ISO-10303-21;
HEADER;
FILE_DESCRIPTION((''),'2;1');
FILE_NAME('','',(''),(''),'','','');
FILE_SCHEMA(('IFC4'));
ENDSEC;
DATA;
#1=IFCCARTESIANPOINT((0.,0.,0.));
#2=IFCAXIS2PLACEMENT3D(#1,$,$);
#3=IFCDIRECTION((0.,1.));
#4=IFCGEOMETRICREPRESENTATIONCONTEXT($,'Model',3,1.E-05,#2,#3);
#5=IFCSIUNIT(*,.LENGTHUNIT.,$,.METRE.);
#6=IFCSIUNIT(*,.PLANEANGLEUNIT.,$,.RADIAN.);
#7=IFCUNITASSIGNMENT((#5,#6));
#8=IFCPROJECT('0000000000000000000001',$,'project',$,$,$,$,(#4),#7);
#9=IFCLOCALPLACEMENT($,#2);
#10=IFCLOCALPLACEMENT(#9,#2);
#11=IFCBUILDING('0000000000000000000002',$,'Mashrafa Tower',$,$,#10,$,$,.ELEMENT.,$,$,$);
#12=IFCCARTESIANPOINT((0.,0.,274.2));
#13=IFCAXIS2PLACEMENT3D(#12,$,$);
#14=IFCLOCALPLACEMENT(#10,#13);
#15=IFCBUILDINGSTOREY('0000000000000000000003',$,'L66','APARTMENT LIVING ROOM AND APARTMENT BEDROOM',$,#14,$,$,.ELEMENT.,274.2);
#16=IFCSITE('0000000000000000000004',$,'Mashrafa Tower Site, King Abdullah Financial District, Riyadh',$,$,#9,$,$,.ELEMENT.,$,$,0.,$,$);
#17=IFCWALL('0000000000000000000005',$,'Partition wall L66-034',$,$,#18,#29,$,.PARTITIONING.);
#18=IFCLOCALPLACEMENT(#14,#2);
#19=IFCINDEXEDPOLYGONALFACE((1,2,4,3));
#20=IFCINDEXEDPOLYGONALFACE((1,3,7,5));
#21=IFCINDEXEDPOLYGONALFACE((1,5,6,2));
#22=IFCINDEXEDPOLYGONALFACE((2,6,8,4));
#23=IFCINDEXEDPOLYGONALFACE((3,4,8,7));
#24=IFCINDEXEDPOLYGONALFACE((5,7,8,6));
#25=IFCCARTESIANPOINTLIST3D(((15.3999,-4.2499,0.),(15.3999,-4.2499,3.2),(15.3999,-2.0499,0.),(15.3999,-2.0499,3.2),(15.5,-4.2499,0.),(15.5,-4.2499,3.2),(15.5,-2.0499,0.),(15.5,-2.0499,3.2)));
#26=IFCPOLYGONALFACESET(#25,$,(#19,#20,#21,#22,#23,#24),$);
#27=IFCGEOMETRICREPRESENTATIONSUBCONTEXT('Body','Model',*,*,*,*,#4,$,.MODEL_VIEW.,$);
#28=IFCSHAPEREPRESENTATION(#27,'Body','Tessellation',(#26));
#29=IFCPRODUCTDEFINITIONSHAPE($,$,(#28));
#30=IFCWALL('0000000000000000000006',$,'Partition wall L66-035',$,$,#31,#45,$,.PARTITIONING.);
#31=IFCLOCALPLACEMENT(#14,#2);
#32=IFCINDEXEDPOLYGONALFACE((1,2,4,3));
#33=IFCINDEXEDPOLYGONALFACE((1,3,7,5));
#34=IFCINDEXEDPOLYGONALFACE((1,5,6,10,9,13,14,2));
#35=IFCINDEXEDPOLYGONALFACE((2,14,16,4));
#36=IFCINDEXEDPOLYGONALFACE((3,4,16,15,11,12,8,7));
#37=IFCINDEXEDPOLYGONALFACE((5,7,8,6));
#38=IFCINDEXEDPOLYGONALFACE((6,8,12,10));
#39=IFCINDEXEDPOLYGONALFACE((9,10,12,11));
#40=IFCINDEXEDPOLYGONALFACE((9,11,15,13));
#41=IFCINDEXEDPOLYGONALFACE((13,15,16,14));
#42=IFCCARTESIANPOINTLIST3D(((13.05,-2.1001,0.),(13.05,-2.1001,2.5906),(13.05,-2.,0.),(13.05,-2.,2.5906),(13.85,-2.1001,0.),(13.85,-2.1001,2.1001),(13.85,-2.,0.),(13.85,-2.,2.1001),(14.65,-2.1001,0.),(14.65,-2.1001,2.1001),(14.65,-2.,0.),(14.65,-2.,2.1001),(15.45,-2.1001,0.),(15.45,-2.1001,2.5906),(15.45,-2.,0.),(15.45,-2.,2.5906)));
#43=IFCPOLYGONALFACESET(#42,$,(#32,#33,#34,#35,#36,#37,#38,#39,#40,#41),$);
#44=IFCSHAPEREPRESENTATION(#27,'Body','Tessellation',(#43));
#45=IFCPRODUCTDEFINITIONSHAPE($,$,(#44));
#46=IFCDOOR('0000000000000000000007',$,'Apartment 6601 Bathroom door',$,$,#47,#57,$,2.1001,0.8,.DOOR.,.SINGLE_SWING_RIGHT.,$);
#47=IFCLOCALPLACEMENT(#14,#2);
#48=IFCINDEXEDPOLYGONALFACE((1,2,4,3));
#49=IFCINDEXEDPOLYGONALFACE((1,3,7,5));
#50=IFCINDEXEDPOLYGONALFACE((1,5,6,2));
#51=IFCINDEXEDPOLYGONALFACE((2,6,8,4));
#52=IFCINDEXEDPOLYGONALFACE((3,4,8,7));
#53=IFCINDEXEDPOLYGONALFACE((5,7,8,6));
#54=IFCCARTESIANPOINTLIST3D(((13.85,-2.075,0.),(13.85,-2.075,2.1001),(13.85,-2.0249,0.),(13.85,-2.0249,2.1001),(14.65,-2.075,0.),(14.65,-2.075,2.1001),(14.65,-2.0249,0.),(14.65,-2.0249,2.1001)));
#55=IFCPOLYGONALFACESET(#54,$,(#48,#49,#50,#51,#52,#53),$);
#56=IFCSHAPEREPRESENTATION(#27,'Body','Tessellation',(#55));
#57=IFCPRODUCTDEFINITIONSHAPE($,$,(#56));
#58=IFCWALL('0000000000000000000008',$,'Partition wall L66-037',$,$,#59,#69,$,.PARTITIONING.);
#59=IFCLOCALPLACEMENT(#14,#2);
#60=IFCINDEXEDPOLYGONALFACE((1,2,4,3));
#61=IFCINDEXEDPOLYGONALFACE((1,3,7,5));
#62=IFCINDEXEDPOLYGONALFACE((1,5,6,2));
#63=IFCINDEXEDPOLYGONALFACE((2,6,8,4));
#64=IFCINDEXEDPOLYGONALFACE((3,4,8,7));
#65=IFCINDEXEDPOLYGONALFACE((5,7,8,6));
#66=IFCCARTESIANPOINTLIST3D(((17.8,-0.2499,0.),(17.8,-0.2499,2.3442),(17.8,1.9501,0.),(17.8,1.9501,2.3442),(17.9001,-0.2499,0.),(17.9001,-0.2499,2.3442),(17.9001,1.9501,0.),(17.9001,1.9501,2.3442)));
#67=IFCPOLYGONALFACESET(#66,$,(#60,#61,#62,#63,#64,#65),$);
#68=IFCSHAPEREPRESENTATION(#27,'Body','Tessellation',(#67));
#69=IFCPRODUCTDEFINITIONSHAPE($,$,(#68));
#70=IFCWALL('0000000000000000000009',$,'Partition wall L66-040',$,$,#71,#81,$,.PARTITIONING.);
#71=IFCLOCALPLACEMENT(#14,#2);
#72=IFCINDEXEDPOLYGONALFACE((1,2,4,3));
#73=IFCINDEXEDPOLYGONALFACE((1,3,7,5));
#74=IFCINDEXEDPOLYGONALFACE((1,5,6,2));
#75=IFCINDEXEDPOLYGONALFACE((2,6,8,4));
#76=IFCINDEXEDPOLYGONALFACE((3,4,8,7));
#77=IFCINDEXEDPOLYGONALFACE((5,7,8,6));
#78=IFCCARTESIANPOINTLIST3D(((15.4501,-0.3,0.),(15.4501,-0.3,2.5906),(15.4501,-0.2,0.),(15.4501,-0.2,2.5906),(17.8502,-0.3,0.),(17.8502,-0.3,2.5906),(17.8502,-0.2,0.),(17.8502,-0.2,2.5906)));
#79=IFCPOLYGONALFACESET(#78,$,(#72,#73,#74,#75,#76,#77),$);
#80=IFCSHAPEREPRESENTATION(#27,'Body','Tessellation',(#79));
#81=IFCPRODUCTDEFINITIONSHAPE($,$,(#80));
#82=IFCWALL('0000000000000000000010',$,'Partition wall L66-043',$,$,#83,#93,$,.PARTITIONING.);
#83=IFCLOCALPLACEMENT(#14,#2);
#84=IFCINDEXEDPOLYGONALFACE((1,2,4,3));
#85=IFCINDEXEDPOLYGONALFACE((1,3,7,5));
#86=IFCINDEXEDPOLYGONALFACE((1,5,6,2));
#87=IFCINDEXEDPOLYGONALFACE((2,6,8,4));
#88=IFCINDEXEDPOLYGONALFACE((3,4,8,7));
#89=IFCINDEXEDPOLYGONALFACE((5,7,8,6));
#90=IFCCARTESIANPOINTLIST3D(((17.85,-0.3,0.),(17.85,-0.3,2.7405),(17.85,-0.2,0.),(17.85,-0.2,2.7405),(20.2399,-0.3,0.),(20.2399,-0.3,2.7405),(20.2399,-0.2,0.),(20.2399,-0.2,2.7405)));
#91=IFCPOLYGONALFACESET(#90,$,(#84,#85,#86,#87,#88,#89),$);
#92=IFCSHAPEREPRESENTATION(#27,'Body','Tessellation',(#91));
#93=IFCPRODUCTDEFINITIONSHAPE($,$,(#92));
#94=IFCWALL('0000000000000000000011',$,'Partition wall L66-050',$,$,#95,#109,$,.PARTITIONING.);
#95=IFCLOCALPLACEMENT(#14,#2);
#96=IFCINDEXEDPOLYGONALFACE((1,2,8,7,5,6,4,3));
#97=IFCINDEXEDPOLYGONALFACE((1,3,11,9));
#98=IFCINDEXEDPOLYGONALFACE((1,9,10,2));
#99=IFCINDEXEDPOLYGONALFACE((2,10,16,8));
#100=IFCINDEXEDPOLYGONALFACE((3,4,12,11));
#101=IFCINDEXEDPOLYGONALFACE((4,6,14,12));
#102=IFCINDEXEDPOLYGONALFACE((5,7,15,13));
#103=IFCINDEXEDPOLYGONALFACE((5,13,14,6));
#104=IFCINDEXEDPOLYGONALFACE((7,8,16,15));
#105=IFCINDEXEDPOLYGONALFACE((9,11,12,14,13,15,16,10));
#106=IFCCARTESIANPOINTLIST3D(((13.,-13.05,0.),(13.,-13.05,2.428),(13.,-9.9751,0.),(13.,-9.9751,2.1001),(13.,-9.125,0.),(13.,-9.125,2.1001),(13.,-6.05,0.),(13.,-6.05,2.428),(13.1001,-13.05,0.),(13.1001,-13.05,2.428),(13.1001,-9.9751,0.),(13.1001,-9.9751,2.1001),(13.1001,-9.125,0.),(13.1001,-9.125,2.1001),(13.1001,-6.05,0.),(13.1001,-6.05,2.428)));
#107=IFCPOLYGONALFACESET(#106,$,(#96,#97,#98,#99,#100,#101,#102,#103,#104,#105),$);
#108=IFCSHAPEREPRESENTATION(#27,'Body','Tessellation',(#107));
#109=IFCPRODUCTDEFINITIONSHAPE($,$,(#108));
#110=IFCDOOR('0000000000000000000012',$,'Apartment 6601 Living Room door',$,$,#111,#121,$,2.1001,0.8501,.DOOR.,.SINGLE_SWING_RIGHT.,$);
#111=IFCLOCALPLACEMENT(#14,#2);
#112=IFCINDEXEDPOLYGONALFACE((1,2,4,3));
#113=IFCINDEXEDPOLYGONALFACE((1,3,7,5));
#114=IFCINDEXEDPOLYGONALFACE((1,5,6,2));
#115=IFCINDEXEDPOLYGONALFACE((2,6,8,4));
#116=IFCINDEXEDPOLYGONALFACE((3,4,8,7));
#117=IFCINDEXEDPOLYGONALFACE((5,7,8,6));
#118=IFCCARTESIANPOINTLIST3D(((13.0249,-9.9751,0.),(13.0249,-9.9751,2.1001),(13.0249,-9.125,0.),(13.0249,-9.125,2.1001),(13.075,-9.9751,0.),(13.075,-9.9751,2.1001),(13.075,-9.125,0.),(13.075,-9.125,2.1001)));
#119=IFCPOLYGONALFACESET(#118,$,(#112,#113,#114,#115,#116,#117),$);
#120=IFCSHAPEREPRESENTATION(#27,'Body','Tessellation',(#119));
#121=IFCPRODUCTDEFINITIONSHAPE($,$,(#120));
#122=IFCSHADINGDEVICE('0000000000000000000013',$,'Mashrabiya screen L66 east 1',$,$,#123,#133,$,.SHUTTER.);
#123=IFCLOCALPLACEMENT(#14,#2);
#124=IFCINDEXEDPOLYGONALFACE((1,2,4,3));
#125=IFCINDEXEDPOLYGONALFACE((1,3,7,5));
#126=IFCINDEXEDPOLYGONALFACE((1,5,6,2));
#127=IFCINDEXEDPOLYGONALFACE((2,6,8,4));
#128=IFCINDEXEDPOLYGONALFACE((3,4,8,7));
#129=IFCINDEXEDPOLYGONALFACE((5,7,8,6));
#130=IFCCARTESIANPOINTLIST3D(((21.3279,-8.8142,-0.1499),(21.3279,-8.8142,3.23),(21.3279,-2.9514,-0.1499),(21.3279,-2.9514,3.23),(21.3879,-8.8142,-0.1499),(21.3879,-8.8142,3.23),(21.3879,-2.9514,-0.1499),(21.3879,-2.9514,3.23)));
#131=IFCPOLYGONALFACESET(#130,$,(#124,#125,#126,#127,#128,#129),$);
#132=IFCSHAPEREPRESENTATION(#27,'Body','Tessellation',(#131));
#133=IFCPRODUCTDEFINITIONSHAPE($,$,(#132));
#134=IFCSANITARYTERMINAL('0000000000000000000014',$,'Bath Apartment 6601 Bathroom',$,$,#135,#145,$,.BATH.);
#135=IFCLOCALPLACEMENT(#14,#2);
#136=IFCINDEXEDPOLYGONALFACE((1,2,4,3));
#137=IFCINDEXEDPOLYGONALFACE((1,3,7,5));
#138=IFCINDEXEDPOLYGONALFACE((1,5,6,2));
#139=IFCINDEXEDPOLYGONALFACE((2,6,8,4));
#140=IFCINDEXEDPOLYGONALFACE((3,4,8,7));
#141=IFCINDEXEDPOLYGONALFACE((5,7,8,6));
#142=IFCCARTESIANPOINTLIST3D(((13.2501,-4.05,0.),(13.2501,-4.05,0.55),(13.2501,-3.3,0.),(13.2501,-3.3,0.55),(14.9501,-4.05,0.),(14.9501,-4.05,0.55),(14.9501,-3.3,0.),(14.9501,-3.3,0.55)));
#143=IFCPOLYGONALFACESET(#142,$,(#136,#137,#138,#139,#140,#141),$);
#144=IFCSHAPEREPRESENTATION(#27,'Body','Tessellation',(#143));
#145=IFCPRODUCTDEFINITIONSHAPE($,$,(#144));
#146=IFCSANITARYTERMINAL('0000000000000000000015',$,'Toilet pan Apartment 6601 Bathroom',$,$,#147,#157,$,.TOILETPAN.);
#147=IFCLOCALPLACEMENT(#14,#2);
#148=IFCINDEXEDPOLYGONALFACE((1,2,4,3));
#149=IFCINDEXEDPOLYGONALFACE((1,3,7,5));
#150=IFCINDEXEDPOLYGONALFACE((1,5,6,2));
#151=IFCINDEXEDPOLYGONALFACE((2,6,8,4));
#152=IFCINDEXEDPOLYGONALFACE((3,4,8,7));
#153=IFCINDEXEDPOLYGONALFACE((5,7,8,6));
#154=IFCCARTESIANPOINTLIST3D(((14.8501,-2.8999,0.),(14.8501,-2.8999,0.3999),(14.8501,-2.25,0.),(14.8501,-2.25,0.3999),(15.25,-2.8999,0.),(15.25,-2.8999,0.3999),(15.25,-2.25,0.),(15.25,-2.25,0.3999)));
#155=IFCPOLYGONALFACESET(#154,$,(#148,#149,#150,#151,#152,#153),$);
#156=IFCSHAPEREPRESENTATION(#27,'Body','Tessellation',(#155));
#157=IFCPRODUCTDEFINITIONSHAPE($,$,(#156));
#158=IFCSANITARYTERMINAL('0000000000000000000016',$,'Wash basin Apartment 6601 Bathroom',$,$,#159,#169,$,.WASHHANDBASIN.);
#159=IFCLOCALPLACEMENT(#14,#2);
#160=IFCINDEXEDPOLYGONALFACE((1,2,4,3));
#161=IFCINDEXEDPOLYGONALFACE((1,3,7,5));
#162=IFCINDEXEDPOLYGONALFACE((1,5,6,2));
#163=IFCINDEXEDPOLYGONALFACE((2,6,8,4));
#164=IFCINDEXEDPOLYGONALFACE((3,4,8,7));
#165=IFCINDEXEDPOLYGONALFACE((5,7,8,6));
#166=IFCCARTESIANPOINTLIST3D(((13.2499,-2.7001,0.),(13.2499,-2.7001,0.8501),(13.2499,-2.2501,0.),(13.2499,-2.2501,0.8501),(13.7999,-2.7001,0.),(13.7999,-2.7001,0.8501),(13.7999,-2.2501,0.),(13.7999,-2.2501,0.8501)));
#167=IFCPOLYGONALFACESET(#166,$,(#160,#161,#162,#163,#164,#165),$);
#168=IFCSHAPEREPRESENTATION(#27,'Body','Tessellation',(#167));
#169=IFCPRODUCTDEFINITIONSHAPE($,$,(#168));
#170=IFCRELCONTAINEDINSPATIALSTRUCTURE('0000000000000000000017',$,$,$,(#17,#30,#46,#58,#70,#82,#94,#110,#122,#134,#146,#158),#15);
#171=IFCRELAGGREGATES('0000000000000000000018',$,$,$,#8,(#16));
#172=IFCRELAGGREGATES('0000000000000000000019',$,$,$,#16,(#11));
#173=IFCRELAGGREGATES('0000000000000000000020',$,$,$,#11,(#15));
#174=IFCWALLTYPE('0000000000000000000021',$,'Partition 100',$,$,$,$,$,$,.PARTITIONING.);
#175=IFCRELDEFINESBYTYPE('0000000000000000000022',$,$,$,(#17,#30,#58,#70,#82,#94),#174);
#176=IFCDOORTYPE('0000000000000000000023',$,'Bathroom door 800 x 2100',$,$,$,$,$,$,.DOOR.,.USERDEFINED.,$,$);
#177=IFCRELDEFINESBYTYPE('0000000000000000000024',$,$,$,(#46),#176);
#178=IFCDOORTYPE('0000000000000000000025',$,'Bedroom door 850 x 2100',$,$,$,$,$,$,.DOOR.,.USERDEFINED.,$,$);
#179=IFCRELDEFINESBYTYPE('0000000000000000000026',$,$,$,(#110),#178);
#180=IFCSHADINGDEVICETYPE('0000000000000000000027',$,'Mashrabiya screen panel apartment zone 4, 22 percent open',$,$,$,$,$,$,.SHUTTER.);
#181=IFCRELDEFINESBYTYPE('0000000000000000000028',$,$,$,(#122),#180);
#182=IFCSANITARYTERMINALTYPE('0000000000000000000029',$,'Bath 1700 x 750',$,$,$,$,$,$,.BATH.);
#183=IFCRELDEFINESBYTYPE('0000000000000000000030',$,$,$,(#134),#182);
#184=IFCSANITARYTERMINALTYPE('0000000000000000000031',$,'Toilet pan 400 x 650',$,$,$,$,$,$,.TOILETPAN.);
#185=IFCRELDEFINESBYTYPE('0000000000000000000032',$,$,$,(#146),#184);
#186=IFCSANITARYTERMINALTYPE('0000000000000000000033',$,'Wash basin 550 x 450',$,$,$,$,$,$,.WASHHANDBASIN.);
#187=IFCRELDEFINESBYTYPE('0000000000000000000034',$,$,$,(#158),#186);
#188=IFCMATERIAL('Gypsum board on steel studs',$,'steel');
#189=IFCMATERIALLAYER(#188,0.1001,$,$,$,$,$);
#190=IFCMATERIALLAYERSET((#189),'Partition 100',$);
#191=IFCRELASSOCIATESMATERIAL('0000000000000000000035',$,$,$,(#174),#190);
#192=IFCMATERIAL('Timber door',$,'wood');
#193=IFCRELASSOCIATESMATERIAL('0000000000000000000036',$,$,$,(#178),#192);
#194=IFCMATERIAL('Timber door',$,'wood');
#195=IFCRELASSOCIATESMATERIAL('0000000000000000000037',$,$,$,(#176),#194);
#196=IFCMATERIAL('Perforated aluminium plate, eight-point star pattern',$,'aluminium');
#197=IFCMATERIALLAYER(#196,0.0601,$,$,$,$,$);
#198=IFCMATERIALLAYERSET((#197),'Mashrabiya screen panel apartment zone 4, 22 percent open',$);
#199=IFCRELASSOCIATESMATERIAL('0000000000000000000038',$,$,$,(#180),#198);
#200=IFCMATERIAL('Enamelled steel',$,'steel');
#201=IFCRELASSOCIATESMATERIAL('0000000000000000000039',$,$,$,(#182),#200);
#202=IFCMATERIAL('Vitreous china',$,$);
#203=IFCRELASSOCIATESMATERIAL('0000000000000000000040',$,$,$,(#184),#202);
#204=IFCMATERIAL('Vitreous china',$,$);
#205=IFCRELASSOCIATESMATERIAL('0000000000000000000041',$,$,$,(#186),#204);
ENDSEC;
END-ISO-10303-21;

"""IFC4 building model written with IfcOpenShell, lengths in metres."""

from ifc_helpers import new_model, si_unit, direction, frame, frame_2d, origin, origin_2d, place, context, subcontext, project, spatial, rectangle, extrude, source, transform, mapped, material, layer, layer_set, type_object, type_shapes, element, fill, save


model = new_model("IFC4")

# Units and contexts
model_context = context("Model", 3, precision=1e-05, world=origin(), true_north=direction((0.0, 1.0)))
body_context = subcontext(model_context, "Body", "Model", "MODEL_VIEW")
ifc_project = project(units=[si_unit("LENGTHUNIT", "METRE"), si_unit("PLANEANGLEUNIT", "RADIAN")], contexts=[model_context])

# Site, building, storey
site_placement = place(None, origin())
site = spatial("IfcSite", under=ifc_project, at=site_placement, Name="Mashrafa Tower Site, King Abdullah Financial District, Riyadh", CompositionType="ELEMENT", RefElevation=0.0)
building_placement = place(site_placement, origin())
building = spatial("IfcBuilding", under=site, at=building_placement, Name="Mashrafa Tower", CompositionType="ELEMENT")
storey_placement = place(building_placement, frame((0.0, 0.0, 274.2)))
storey = spatial("IfcBuildingStorey", under=building, at=storey_placement, Name="L66", Description="APARTMENT LIVING ROOM AND APARTMENT BEDROOM", CompositionType="ELEMENT", Elevation=274.2)

# Shared definitions
ifc_material_1 = material(Name="Gypsum board on steel studs", Category="steel")
ifc_layer_1 = layer(ifc_material_1, 0.1001)
ifc_layer_set_1 = layer_set([ifc_layer_1], Name="Partition 100")
wall_type_1 = type_object("IfcWallType", Name="Partition 100", PredefinedType="PARTITIONING", material=ifc_layer_set_1)

# Shared definitions
ifc_material_2 = material(Name="Timber door", Category="wood")
door_type_1 = type_object("IfcDoorType", Name="Bedroom door 850 x 2100", OperationType="USERDEFINED", PredefinedType="DOOR", material=ifc_material_2)

# Wall
wall_1_placement = place(storey_placement, frame((15.45, -4.25, 0.0), z_axis=(0.0, 0.0, 1.0), x_axis=(0.0, 1.0, 0.0)))
element("IfcWall", 1, at=wall_1_placement, inside=storey, type_object=wall_type_1, Name="Partition wall L66-034", PredefinedType="PARTITIONING", context=body_context, shape_type="SweptSolid", body=[
    extrude(rectangle(XDim=2.2, YDim=0.1001, at=frame_2d((1.1001, 0.0))), origin(), (0.0, 0.0, 1.0), 3.2),
])

# Wall, opening, door
wall_2_placement = place(storey_placement, frame((15.45, -2.05, 0.0), z_axis=(0.0, 0.0, 1.0), x_axis=(-1.0, 0.0, 0.0)))
wall_2 = element("IfcWall", 2, at=wall_2_placement, inside=storey, type_object=wall_type_1, Name="Partition wall L66-035", PredefinedType="PARTITIONING", context=body_context, shape_type="SweptSolid", body=[
    extrude(rectangle(XDim=2.3999, YDim=0.1001, at=frame_2d((1.2, 0.0))), origin(), (0.0, 0.0, 1.0), 2.5906),
])
opening_1_placement = place(wall_2_placement, frame((0.8, 0.0, 0.0)))
opening_1 = element("IfcOpeningElement", 3, at=opening_1_placement, cuts=wall_2, PredefinedType="OPENING", context=body_context, shape_type="SweptSolid", body=[
    extrude(rectangle(XDim=0.8, YDim=2.1001, at=frame_2d((0.3999, 1.05))), frame((0.0, 0.0601, 0.0), z_axis=(0.0, -1.0, 0.0), x_axis=(1.0, 0.0, 0.0)), (0.0, 0.0, 1.0), 0.1201),
])
ifc_material_3 = material(Name="Timber door", Category="wood")
door_type_2 = type_object("IfcDoorType", Name="Bathroom door 800 x 2100", OperationType="USERDEFINED", PredefinedType="DOOR", material=ifc_material_3)
door_1_placement = place(opening_1_placement, origin())
door_1 = element("IfcDoor", 4, at=door_1_placement, inside=storey, type_object=door_type_2, Name="Apartment 6601 Bathroom door", OperationType="SINGLE_SWING_RIGHT", OverallHeight=2.1001, OverallWidth=0.8, PredefinedType="DOOR", context=body_context, shape_type="SweptSolid", body=[
    extrude(rectangle(XDim=0.8, YDim=2.1001, at=frame_2d((0.3999, 1.05))), frame((0.0, 0.0249, 0.0), z_axis=(0.0, -1.0, 0.0), x_axis=(1.0, 0.0, 0.0)), (0.0, 0.0, 1.0), 0.05),
])
fill(opening_1, door_1)

# Walls
wall_3_placement = place(storey_placement, frame((17.8501, -0.25, 0.0), z_axis=(0.0, 0.0, 1.0), x_axis=(0.0, 1.0, 0.0)))
element("IfcWall", 5, at=wall_3_placement, inside=storey, type_object=wall_type_1, Name="Partition wall L66-037", PredefinedType="PARTITIONING", context=body_context, shape_type="SweptSolid", body=[
    extrude(rectangle(XDim=2.2, YDim=0.1001, at=frame_2d((1.1001, 0.0))), origin(), (0.0, 0.0, 1.0), 2.3442),
])
wall_4_placement = place(storey_placement, frame((15.45, -0.25, 0.0), z_axis=(0.0, 0.0, 1.0), x_axis=(1.0, 0.0, 0.0)))
element("IfcWall", 6, at=wall_4_placement, inside=storey, type_object=wall_type_1, Name="Partition wall L66-040", PredefinedType="PARTITIONING", context=body_context, shape_type="SweptSolid", body=[
    extrude(rectangle(XDim=2.4001, YDim=0.1001, at=frame_2d((1.2002, 0.0))), origin(), (0.0, 0.0, 1.0), 2.5906),
])
wall_5_placement = place(storey_placement, frame((17.8501, -0.25, 0.0), z_axis=(0.0, 0.0, 1.0), x_axis=(1.0, 0.0, 0.0)))
element("IfcWall", 7, at=wall_5_placement, inside=storey, type_object=wall_type_1, Name="Partition wall L66-043", PredefinedType="PARTITIONING", context=body_context, shape_type="SweptSolid", body=[
    extrude(rectangle(XDim=2.3899, YDim=0.1001, at=frame_2d((1.1948, 0.0))), origin(), (0.0, 0.0, 1.0), 2.7405),
])

# Wall, opening, door
wall_6_placement = place(storey_placement, frame((13.05, -6.05, 0.0), z_axis=(0.0, 0.0, 1.0), x_axis=(0.0, -1.0, 0.0)))
wall_6 = element("IfcWall", 8, at=wall_6_placement, inside=storey, type_object=wall_type_1, Name="Partition wall L66-050", PredefinedType="PARTITIONING", context=body_context, shape_type="SweptSolid", body=[
    extrude(rectangle(XDim=7.0, YDim=0.1001, at=frame_2d((3.5, 0.0))), origin(), (0.0, 0.0, 1.0), 2.428),
])
opening_2_placement = place(wall_6_placement, frame((3.075, 0.0, 0.0)))
opening_2 = element("IfcOpeningElement", 9, at=opening_2_placement, cuts=wall_6, PredefinedType="OPENING", context=body_context, shape_type="SweptSolid", body=[
    extrude(rectangle(XDim=0.8501, YDim=2.1001, at=frame_2d((0.425, 1.05))), frame((0.0, 0.0601, 0.0), z_axis=(0.0, -1.0, 0.0), x_axis=(1.0, 0.0, 0.0)), (0.0, 0.0, 1.0), 0.1201),
])
door_2_placement = place(opening_2_placement, origin())
door_2 = element("IfcDoor", 10, at=door_2_placement, inside=storey, type_object=door_type_1, Name="Apartment 6601 Living Room door", OperationType="SINGLE_SWING_RIGHT", OverallHeight=2.1001, OverallWidth=0.8501, PredefinedType="DOOR", context=body_context, shape_type="SweptSolid", body=[
    extrude(rectangle(XDim=0.8501, YDim=2.1001, at=frame_2d((0.425, 1.05))), frame((0.0, 0.0249, 0.0), z_axis=(0.0, -1.0, 0.0), x_axis=(1.0, 0.0, 0.0)), (0.0, 0.0, 1.0), 0.05),
])
fill(opening_2, door_2)

# Shading device
ifc_material_4 = material(Name="Perforated aluminium plate, eight-point star pattern", Category="aluminium")
ifc_layer_2 = layer(ifc_material_4, 0.0601)
ifc_layer_set_2 = layer_set([ifc_layer_2], Name="Mashrabiya screen panel apartment zone 4, 22 percent open")
shading_device_type = type_object("IfcShadingDeviceType", Name="Mashrabiya screen panel apartment zone 4, 22 percent open", PredefinedType="SHUTTER", material=ifc_layer_set_2)
shared_shape_1 = source(origin(), body_context, "Body", "SweptSolid", [
    extrude(rectangle(XDim=5.8628, YDim=0.0601, at=origin_2d()), origin(), (0.0, 0.0, 1.0), 3.3799),
])
type_shapes(shading_device_type, [shared_shape_1])
shading_device_placement = place(storey_placement, frame((21.3579, -5.8828, -0.1499), z_axis=(0.0, 0.0, 1.0), x_axis=(0.0, 1.0, 0.0)))
element("IfcShadingDevice", 11, at=shading_device_placement, inside=storey, type_object=shading_device_type, Name="Mashrabiya screen L66 east 1", PredefinedType="SHUTTER", context=body_context, shape_type="MappedRepresentation", body=[
    mapped(shared_shape_1, transform((0.0, 0.0, 0.0))),
])

# Sanitary terminals
ifc_material_5 = material(Name="Enamelled steel", Category="steel")
sanitary_terminal_type_1 = type_object("IfcSanitaryTerminalType", Name="Bath 1700 x 750", PredefinedType="BATH", material=ifc_material_5)
sanitary_terminal_1_placement = place(storey_placement, frame((14.1001, -3.675, 0.0), z_axis=(0.0, 0.0, 1.0), x_axis=(1.0, 0.0, 0.0)))
element("IfcSanitaryTerminal", 12, at=sanitary_terminal_1_placement, inside=storey, type_object=sanitary_terminal_type_1, Name="Bath Apartment 6601 Bathroom", PredefinedType="BATH", context=body_context, shape_type="SweptSolid", body=[
    extrude(rectangle(XDim=1.7, YDim=0.75, at=origin_2d()), origin(), (0.0, 0.0, 1.0), 0.55),
])
ifc_material_6 = material(Name="Vitreous china")
sanitary_terminal_type_2 = type_object("IfcSanitaryTerminalType", Name="Toilet pan 400 x 650", PredefinedType="TOILETPAN", material=ifc_material_6)
sanitary_terminal_2_placement = place(storey_placement, frame((15.05, -2.575, 0.0), z_axis=(0.0, 0.0, 1.0), x_axis=(-1.0, 0.0, 0.0)))
element("IfcSanitaryTerminal", 13, at=sanitary_terminal_2_placement, inside=storey, type_object=sanitary_terminal_type_2, Name="Toilet pan Apartment 6601 Bathroom", PredefinedType="TOILETPAN", context=body_context, shape_type="SweptSolid", body=[
    extrude(rectangle(XDim=0.3999, YDim=0.6499, at=origin_2d()), origin(), (0.0, 0.0, 1.0), 0.3999),
])
ifc_material_7 = material(Name="Vitreous china")
sanitary_terminal_type_3 = type_object("IfcSanitaryTerminalType", Name="Wash basin 550 x 450", PredefinedType="WASHHANDBASIN", material=ifc_material_7)
sanitary_terminal_3_placement = place(storey_placement, frame((13.5249, -2.4751, 0.0), z_axis=(0.0, 0.0, 1.0), x_axis=(-1.0, 0.0, 0.0)))
element("IfcSanitaryTerminal", 14, at=sanitary_terminal_3_placement, inside=storey, type_object=sanitary_terminal_type_3, Name="Wash basin Apartment 6601 Bathroom", PredefinedType="WASHHANDBASIN", context=body_context, shape_type="SweptSolid", body=[
    extrude(rectangle(XDim=0.55, YDim=0.45, at=origin_2d()), origin(), (0.0, 0.0, 1.0), 0.8501),
])

save(model, "model.ifc")
